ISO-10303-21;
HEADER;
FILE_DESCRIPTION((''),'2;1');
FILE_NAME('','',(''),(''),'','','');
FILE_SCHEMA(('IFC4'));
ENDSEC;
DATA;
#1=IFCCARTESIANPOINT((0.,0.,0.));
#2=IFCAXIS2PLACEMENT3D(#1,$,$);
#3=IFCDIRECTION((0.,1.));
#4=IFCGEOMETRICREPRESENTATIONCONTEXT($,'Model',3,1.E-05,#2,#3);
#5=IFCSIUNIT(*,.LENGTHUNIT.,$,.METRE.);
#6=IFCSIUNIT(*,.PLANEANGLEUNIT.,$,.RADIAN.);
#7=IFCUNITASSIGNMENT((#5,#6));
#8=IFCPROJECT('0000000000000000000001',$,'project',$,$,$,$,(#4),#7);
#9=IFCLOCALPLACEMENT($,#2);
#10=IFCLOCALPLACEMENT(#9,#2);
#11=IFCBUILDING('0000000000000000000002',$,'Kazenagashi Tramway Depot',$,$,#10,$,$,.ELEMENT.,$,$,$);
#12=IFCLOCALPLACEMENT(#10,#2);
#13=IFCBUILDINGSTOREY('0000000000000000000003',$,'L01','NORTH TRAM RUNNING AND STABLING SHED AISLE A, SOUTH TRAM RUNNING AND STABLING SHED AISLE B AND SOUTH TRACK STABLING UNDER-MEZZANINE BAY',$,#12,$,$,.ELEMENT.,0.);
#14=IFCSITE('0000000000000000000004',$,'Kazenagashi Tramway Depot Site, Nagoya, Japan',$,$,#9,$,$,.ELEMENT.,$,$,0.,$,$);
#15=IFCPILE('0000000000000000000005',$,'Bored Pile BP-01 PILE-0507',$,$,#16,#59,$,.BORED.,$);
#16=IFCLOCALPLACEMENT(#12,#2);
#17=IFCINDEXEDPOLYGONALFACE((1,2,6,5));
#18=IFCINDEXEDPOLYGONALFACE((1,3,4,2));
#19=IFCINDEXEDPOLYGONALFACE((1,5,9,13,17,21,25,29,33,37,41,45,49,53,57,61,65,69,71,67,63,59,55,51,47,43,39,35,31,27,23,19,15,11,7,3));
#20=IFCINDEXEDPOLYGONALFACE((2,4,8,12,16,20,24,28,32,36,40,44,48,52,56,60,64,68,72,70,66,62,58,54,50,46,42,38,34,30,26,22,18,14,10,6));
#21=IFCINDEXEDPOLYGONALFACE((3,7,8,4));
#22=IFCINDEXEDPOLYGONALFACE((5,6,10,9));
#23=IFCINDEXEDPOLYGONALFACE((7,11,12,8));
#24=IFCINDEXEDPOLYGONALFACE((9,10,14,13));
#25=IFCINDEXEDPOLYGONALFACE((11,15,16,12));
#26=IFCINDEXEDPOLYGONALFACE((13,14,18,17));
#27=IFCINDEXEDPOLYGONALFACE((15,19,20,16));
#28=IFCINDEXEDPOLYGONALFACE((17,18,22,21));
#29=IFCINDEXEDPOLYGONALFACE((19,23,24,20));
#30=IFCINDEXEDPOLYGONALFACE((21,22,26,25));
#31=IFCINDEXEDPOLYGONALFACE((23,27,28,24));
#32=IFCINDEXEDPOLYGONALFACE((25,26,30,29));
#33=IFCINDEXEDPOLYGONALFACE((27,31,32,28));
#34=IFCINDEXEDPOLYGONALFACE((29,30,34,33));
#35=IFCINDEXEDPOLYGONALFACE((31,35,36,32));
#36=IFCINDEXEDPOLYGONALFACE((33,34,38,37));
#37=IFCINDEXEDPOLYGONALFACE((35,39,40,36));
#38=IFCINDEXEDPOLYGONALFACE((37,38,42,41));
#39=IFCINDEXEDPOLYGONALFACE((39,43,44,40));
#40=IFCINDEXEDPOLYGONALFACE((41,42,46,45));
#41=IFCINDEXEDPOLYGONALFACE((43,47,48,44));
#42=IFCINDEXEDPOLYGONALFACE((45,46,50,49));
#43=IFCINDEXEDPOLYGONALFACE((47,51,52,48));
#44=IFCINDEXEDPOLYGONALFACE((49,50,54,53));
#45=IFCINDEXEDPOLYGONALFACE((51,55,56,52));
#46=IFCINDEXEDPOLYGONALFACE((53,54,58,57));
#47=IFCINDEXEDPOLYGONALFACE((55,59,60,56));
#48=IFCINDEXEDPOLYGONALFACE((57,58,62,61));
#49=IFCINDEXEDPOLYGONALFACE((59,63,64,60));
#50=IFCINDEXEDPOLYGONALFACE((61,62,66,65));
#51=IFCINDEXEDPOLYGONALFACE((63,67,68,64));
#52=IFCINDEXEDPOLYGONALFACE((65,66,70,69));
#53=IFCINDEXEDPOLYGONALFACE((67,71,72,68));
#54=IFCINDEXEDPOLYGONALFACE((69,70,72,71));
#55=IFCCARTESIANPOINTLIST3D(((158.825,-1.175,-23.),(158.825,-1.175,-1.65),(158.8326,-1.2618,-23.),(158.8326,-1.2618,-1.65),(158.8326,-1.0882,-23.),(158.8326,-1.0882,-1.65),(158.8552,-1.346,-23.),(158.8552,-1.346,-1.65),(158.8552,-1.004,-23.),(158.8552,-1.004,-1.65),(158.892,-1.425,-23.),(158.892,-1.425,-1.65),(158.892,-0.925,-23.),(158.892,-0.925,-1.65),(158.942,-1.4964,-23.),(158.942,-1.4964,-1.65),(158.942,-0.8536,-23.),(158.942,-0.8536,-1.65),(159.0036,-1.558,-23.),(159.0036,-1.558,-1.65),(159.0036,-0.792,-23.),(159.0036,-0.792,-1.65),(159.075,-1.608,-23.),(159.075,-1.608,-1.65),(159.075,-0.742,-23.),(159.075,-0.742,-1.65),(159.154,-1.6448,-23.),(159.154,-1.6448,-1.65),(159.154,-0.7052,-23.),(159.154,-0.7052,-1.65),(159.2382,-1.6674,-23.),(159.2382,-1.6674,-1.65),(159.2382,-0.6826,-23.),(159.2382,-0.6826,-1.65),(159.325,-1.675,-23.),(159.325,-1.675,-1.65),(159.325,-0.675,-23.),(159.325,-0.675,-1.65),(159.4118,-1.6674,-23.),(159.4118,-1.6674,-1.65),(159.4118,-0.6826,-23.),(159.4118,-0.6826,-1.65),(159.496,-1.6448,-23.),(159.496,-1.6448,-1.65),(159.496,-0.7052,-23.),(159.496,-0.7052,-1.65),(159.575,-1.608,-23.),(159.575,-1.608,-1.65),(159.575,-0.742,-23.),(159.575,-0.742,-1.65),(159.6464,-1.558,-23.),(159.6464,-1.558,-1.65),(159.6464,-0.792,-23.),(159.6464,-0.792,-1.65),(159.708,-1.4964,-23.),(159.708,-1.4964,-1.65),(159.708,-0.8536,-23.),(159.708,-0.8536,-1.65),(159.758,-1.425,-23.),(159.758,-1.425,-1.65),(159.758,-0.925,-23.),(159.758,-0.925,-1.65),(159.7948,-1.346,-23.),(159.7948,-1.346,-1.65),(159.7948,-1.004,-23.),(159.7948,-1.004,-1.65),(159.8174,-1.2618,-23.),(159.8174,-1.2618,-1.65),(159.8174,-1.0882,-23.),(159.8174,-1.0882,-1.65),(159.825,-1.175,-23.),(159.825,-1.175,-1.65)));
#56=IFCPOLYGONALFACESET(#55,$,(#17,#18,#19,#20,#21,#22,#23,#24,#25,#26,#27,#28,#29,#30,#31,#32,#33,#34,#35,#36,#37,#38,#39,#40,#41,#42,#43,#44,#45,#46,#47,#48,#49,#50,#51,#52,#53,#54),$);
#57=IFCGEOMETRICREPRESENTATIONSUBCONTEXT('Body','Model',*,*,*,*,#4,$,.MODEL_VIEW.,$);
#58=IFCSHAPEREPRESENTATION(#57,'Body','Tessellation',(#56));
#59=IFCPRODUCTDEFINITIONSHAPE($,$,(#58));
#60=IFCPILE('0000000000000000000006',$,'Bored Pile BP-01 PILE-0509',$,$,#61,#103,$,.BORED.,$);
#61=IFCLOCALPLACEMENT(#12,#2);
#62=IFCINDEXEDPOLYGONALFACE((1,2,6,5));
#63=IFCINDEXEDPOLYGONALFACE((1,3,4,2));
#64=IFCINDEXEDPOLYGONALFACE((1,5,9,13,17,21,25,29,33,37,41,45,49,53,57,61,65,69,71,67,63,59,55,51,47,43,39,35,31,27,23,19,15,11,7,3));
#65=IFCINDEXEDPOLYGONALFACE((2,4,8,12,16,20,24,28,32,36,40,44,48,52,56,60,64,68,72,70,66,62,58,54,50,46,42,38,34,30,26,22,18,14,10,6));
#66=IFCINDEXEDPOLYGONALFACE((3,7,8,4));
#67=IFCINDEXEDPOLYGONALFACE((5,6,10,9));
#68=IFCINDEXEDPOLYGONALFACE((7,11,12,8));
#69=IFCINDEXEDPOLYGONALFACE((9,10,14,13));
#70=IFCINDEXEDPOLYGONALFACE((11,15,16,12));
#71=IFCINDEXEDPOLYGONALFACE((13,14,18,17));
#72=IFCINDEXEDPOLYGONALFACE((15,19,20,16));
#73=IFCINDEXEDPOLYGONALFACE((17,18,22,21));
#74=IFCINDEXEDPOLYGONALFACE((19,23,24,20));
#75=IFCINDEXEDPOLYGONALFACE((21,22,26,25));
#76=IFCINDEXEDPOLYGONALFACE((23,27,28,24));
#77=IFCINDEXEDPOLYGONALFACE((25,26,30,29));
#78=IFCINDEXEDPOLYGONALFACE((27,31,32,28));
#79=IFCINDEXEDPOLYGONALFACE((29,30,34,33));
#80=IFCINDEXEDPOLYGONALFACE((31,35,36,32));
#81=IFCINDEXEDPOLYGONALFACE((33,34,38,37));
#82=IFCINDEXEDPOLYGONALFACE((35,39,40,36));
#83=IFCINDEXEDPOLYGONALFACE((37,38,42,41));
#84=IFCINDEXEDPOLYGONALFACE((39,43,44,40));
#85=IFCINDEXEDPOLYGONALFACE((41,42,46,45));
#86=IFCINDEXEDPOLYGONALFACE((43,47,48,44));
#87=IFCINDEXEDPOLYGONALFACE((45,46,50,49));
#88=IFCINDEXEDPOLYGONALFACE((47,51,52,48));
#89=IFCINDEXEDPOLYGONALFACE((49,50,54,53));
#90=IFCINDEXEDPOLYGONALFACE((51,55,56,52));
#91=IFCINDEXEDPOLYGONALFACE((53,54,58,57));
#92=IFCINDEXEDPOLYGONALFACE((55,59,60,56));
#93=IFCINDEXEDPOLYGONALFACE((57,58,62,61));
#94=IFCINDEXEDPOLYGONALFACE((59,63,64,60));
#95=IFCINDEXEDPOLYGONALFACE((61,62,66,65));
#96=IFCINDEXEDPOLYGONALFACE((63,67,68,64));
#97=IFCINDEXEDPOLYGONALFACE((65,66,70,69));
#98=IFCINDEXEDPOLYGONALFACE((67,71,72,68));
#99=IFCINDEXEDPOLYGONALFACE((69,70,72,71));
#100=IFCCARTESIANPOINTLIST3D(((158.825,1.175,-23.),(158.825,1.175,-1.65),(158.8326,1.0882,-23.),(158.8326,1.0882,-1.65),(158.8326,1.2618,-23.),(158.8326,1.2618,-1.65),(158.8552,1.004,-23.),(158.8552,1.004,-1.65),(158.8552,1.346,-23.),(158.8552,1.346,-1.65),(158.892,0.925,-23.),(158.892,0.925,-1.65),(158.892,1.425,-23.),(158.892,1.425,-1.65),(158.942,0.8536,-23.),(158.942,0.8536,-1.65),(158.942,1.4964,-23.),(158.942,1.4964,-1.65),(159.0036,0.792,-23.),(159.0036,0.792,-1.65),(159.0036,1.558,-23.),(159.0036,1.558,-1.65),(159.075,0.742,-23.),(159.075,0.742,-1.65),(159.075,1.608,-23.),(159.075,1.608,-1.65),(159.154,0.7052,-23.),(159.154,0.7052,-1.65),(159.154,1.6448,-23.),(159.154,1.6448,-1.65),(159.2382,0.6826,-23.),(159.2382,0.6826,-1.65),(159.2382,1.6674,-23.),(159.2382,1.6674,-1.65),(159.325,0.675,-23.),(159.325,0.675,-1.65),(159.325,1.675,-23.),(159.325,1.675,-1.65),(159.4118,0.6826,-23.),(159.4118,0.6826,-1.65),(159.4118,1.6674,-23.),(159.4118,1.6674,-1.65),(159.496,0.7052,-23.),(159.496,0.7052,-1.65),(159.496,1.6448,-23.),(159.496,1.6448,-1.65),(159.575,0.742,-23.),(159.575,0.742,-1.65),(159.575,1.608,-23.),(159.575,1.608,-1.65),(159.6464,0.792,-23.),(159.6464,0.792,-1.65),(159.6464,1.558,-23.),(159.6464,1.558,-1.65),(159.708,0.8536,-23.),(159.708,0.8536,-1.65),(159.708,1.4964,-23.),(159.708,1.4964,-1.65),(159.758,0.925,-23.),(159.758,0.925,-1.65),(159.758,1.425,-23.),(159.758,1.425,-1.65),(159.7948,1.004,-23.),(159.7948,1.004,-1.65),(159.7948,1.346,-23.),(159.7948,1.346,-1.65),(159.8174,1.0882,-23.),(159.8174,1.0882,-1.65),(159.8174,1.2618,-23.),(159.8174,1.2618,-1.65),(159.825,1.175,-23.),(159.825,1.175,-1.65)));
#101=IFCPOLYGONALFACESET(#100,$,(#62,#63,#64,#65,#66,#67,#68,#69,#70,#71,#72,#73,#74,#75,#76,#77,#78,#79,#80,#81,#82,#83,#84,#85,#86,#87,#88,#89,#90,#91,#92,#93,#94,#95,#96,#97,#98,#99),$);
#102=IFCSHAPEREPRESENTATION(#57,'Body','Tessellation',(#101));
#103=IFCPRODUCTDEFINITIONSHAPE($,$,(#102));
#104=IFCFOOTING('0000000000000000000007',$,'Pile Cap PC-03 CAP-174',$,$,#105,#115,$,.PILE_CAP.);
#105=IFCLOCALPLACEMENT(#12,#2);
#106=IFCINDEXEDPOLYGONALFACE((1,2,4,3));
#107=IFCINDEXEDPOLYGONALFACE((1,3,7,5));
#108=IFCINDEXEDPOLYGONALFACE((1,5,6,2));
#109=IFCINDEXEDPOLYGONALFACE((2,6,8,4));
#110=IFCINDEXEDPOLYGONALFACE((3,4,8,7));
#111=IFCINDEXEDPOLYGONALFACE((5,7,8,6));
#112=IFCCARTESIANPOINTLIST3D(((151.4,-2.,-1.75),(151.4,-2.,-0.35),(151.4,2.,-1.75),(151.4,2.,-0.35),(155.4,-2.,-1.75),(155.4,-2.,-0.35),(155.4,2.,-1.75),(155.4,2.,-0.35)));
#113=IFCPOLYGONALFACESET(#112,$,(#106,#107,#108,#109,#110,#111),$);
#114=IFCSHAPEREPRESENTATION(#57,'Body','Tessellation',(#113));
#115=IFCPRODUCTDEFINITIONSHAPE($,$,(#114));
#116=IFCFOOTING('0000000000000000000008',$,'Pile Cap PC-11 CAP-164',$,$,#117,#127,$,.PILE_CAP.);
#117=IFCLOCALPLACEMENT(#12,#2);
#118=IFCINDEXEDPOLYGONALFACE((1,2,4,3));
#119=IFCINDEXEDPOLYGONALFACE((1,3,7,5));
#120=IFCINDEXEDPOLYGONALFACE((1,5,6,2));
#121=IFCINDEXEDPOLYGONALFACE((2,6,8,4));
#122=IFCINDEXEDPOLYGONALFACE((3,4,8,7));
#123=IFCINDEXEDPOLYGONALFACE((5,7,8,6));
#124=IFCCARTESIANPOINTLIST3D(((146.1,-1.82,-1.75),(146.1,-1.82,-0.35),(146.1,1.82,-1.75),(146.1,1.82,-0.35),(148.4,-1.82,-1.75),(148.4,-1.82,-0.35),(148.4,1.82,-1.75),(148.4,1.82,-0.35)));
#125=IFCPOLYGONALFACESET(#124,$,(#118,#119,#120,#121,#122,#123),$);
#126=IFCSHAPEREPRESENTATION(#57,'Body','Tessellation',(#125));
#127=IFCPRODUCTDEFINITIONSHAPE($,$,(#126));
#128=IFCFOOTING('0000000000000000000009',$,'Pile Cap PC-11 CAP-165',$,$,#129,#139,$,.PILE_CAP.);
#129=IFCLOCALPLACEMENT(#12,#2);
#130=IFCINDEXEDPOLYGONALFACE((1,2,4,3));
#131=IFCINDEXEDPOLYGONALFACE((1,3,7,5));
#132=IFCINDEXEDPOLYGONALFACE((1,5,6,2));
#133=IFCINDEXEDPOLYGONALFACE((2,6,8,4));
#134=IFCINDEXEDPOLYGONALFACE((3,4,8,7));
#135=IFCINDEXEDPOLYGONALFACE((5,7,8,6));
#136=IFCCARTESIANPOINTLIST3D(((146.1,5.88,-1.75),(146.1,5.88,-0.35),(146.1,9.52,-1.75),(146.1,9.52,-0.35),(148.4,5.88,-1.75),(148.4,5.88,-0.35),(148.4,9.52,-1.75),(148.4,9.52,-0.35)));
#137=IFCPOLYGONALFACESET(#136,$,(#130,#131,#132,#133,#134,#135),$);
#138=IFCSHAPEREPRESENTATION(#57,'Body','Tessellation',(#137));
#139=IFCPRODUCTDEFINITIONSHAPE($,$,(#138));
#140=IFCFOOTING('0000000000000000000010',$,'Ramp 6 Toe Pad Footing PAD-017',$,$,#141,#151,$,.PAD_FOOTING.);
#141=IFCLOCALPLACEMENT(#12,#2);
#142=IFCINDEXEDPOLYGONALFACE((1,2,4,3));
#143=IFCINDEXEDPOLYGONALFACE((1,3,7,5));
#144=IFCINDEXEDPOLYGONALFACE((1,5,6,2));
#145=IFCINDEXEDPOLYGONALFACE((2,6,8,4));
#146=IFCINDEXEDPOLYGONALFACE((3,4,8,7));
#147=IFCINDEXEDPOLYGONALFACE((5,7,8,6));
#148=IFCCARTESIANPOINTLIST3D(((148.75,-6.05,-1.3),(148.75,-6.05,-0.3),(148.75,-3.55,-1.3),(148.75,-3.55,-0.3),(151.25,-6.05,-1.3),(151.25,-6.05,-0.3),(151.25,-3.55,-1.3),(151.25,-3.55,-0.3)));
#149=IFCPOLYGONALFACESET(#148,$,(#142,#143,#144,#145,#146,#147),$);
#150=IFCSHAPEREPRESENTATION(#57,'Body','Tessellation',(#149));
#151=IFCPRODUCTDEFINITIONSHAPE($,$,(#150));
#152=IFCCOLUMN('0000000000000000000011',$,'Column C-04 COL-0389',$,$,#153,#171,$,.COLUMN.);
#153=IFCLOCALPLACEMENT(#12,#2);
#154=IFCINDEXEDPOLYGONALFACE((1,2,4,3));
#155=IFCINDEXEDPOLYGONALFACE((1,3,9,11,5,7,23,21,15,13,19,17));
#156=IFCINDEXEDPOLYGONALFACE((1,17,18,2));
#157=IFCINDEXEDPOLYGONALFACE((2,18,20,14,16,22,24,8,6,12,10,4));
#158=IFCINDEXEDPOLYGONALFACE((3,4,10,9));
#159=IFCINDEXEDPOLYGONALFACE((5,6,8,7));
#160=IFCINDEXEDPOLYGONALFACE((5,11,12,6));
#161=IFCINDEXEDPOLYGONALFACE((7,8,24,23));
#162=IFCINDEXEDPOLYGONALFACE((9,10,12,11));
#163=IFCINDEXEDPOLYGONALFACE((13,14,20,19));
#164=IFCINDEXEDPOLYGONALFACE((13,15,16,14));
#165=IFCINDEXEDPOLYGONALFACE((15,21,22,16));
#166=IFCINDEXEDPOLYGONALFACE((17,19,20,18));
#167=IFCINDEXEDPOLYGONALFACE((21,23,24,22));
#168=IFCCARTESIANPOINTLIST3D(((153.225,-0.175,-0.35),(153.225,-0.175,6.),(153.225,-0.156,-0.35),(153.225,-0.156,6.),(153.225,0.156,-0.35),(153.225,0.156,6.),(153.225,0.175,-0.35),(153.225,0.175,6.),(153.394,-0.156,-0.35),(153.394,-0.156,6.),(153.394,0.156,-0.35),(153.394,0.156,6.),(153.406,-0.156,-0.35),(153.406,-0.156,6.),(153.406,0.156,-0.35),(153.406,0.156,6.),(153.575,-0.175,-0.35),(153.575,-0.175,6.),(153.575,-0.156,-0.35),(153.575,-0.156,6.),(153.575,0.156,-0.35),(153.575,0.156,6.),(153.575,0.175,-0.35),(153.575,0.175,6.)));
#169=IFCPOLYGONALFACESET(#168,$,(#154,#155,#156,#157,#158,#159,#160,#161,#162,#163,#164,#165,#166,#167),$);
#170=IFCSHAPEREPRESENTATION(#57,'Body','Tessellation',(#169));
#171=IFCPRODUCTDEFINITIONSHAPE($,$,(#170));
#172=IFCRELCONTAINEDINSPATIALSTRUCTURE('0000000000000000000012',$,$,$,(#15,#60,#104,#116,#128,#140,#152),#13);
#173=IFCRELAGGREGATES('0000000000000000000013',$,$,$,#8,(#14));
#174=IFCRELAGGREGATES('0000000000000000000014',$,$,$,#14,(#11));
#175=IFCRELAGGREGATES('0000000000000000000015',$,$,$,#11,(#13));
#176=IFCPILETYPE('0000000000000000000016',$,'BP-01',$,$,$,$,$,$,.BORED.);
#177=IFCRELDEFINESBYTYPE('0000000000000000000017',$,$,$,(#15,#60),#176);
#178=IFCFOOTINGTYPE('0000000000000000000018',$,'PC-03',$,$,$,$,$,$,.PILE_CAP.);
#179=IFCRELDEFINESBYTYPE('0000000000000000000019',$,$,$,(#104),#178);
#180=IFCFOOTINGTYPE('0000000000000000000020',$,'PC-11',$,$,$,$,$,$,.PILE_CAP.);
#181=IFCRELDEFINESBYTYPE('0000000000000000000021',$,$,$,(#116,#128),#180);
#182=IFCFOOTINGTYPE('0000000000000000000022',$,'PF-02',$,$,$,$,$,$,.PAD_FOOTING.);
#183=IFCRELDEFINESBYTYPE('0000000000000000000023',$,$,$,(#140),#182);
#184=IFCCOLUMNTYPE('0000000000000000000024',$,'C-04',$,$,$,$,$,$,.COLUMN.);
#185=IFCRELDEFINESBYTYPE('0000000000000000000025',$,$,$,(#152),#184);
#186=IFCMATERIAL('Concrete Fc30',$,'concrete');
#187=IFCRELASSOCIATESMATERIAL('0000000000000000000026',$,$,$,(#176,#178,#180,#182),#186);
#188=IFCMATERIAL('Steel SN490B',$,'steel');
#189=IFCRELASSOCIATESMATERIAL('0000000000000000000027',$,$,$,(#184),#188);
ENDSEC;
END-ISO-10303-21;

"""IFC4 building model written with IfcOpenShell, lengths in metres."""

from ifc_helpers import new_model, si_unit, direction, frame, origin, origin_2d, place, context, subcontext, project, spatial, rectangle, circle, i_section, extrude, material, material_profile, profile_set, type_object, element, save


model = new_model("IFC4")

# Units and contexts
model_context = context("Model", 3, precision=1e-05, world=origin(), true_north=direction((0.0, 1.0)))
body_context = subcontext(model_context, "Body", "Model", "MODEL_VIEW")
ifc_project = project(units=[si_unit("LENGTHUNIT", "METRE"), si_unit("PLANEANGLEUNIT", "RADIAN")], contexts=[model_context])

# Site, building, storey
site_placement = place(None, origin())
site = spatial("IfcSite", under=ifc_project, at=site_placement, Name="Kazenagashi Tramway Depot Site, Nagoya, Japan", CompositionType="ELEMENT", RefElevation=0.0)
building_placement = place(site_placement, origin())
building = spatial("IfcBuilding", under=site, at=building_placement, Name="Kazenagashi Tramway Depot", CompositionType="ELEMENT")
storey_placement = place(building_placement, origin())
storey = spatial("IfcBuildingStorey", under=building, at=storey_placement, Name="L01", Description="NORTH TRAM RUNNING AND STABLING SHED AISLE A, SOUTH TRAM RUNNING AND STABLING SHED AISLE B AND SOUTH TRACK STABLING UNDER-MEZZANINE BAY", CompositionType="ELEMENT", Elevation=0.0)

# Piles
ifc_material_1 = material(Name="Concrete Fc30", Category="concrete")
ifc_material_profile_1 = material_profile(ifc_material_1, circle(Radius=0.5, at=origin_2d()), Name="PILE-1000")
ifc_profile_set_1 = profile_set([ifc_material_profile_1], Name="Concrete Fc30")
pile_type = type_object("IfcPileType", Name="BP-01", PredefinedType="BORED", material=ifc_profile_set_1)
for number, where, z_axis, x_axis, name in (
    (1, (159.325, -1.175, -1.65), (0.0, 0.0, -1.0), (1.0, 0.0, 0.0), "Bored Pile BP-01 PILE-0507"),
    (2, (159.325, 1.175, -1.65), (0.0, 0.0, -1.0), (1.0, 0.0, 0.0), "Bored Pile BP-01 PILE-0509"),
):
    element("IfcPile", number, at=place(storey_placement, frame(where, z_axis=z_axis, x_axis=x_axis)), inside=storey, type_object=pile_type, Name=name, PredefinedType="BORED", context=body_context, shape_type="SweptSolid", body=[
        extrude(circle(Radius=0.5, at=origin_2d()), origin(), (0.0, 0.0, 1.0), 21.35),
    ])

# Footings
footing_type_1 = type_object("IfcFootingType", Name="PC-03", PredefinedType="PILE_CAP", material=ifc_material_1)
footing_1_placement = place(storey_placement, frame((153.4, 0.0, -1.75), z_axis=(0.0, 0.0, 1.0), x_axis=(1.0, 0.0, 0.0)))
element("IfcFooting", 3, at=footing_1_placement, inside=storey, type_object=footing_type_1, Name="Pile Cap PC-03 CAP-174", PredefinedType="PILE_CAP", context=body_context, shape_type="SweptSolid", body=[
    extrude(rectangle(XDim=4.0, YDim=4.0, at=origin_2d()), origin(), (0.0, 0.0, 1.0), 1.4),
])
footing_type_2 = type_object("IfcFootingType", Name="PC-11", PredefinedType="PILE_CAP", material=ifc_material_1)
for number, where, z_axis, x_axis, name in (
    (4, (147.25, 0.0, -1.75), (0.0, 0.0, 1.0), (1.0, 0.0, 0.0), "Pile Cap PC-11 CAP-164"),
    (5, (147.25, 7.7, -1.75), (0.0, 0.0, 1.0), (1.0, 0.0, 0.0), "Pile Cap PC-11 CAP-165"),
):
    element("IfcFooting", number, at=place(storey_placement, frame(where, z_axis=z_axis, x_axis=x_axis)), inside=storey, type_object=footing_type_2, Name=name, PredefinedType="PILE_CAP", context=body_context, shape_type="SweptSolid", body=[
        extrude(rectangle(XDim=2.3, YDim=3.64, at=origin_2d()), origin(), (0.0, 0.0, 1.0), 1.4),
    ])
footing_type_3 = type_object("IfcFootingType", Name="PF-02", PredefinedType="PAD_FOOTING", material=ifc_material_1)
footing_2_placement = place(storey_placement, frame((150.0, -4.8, -1.3), z_axis=(0.0, 0.0, 1.0), x_axis=(1.0, 0.0, 0.0)))
element("IfcFooting", 6, at=footing_2_placement, inside=storey, type_object=footing_type_3, Name="Ramp 6 Toe Pad Footing PAD-017", PredefinedType="PAD_FOOTING", context=body_context, shape_type="SweptSolid", body=[
    extrude(rectangle(XDim=2.5, YDim=2.5, at=origin_2d()), origin(), (0.0, 0.0, 1.0), 1.0),
])

# Column
ifc_material_2 = material(Name="Steel SN490B", Category="steel")
ifc_material_profile_2 = material_profile(ifc_material_2, i_section(OverallWidth=0.35, OverallDepth=0.35, WebThickness=0.012, FlangeThickness=0.019, at=origin_2d()), Name="H-350x350x12x19")
ifc_profile_set_2 = profile_set([ifc_material_profile_2], Name="Steel SN490B")
column_type = type_object("IfcColumnType", Name="C-04", PredefinedType="COLUMN", material=ifc_profile_set_2)
column_placement = place(storey_placement, frame((153.4, 0.0, -0.35), z_axis=(0.0, 0.0, 1.0), x_axis=(1.0, 0.0, 0.0)))
element("IfcColumn", 7, at=column_placement, inside=storey, type_object=column_type, Name="Column C-04 COL-0389", PredefinedType="COLUMN", context=body_context, shape_type="SweptSolid", body=[
    extrude(i_section(OverallWidth=0.35, OverallDepth=0.35, WebThickness=0.012, FlangeThickness=0.019, at=origin_2d()), origin(), (0.0, 0.0, 1.0), 6.35),
])

save(model, "model.ifc")
